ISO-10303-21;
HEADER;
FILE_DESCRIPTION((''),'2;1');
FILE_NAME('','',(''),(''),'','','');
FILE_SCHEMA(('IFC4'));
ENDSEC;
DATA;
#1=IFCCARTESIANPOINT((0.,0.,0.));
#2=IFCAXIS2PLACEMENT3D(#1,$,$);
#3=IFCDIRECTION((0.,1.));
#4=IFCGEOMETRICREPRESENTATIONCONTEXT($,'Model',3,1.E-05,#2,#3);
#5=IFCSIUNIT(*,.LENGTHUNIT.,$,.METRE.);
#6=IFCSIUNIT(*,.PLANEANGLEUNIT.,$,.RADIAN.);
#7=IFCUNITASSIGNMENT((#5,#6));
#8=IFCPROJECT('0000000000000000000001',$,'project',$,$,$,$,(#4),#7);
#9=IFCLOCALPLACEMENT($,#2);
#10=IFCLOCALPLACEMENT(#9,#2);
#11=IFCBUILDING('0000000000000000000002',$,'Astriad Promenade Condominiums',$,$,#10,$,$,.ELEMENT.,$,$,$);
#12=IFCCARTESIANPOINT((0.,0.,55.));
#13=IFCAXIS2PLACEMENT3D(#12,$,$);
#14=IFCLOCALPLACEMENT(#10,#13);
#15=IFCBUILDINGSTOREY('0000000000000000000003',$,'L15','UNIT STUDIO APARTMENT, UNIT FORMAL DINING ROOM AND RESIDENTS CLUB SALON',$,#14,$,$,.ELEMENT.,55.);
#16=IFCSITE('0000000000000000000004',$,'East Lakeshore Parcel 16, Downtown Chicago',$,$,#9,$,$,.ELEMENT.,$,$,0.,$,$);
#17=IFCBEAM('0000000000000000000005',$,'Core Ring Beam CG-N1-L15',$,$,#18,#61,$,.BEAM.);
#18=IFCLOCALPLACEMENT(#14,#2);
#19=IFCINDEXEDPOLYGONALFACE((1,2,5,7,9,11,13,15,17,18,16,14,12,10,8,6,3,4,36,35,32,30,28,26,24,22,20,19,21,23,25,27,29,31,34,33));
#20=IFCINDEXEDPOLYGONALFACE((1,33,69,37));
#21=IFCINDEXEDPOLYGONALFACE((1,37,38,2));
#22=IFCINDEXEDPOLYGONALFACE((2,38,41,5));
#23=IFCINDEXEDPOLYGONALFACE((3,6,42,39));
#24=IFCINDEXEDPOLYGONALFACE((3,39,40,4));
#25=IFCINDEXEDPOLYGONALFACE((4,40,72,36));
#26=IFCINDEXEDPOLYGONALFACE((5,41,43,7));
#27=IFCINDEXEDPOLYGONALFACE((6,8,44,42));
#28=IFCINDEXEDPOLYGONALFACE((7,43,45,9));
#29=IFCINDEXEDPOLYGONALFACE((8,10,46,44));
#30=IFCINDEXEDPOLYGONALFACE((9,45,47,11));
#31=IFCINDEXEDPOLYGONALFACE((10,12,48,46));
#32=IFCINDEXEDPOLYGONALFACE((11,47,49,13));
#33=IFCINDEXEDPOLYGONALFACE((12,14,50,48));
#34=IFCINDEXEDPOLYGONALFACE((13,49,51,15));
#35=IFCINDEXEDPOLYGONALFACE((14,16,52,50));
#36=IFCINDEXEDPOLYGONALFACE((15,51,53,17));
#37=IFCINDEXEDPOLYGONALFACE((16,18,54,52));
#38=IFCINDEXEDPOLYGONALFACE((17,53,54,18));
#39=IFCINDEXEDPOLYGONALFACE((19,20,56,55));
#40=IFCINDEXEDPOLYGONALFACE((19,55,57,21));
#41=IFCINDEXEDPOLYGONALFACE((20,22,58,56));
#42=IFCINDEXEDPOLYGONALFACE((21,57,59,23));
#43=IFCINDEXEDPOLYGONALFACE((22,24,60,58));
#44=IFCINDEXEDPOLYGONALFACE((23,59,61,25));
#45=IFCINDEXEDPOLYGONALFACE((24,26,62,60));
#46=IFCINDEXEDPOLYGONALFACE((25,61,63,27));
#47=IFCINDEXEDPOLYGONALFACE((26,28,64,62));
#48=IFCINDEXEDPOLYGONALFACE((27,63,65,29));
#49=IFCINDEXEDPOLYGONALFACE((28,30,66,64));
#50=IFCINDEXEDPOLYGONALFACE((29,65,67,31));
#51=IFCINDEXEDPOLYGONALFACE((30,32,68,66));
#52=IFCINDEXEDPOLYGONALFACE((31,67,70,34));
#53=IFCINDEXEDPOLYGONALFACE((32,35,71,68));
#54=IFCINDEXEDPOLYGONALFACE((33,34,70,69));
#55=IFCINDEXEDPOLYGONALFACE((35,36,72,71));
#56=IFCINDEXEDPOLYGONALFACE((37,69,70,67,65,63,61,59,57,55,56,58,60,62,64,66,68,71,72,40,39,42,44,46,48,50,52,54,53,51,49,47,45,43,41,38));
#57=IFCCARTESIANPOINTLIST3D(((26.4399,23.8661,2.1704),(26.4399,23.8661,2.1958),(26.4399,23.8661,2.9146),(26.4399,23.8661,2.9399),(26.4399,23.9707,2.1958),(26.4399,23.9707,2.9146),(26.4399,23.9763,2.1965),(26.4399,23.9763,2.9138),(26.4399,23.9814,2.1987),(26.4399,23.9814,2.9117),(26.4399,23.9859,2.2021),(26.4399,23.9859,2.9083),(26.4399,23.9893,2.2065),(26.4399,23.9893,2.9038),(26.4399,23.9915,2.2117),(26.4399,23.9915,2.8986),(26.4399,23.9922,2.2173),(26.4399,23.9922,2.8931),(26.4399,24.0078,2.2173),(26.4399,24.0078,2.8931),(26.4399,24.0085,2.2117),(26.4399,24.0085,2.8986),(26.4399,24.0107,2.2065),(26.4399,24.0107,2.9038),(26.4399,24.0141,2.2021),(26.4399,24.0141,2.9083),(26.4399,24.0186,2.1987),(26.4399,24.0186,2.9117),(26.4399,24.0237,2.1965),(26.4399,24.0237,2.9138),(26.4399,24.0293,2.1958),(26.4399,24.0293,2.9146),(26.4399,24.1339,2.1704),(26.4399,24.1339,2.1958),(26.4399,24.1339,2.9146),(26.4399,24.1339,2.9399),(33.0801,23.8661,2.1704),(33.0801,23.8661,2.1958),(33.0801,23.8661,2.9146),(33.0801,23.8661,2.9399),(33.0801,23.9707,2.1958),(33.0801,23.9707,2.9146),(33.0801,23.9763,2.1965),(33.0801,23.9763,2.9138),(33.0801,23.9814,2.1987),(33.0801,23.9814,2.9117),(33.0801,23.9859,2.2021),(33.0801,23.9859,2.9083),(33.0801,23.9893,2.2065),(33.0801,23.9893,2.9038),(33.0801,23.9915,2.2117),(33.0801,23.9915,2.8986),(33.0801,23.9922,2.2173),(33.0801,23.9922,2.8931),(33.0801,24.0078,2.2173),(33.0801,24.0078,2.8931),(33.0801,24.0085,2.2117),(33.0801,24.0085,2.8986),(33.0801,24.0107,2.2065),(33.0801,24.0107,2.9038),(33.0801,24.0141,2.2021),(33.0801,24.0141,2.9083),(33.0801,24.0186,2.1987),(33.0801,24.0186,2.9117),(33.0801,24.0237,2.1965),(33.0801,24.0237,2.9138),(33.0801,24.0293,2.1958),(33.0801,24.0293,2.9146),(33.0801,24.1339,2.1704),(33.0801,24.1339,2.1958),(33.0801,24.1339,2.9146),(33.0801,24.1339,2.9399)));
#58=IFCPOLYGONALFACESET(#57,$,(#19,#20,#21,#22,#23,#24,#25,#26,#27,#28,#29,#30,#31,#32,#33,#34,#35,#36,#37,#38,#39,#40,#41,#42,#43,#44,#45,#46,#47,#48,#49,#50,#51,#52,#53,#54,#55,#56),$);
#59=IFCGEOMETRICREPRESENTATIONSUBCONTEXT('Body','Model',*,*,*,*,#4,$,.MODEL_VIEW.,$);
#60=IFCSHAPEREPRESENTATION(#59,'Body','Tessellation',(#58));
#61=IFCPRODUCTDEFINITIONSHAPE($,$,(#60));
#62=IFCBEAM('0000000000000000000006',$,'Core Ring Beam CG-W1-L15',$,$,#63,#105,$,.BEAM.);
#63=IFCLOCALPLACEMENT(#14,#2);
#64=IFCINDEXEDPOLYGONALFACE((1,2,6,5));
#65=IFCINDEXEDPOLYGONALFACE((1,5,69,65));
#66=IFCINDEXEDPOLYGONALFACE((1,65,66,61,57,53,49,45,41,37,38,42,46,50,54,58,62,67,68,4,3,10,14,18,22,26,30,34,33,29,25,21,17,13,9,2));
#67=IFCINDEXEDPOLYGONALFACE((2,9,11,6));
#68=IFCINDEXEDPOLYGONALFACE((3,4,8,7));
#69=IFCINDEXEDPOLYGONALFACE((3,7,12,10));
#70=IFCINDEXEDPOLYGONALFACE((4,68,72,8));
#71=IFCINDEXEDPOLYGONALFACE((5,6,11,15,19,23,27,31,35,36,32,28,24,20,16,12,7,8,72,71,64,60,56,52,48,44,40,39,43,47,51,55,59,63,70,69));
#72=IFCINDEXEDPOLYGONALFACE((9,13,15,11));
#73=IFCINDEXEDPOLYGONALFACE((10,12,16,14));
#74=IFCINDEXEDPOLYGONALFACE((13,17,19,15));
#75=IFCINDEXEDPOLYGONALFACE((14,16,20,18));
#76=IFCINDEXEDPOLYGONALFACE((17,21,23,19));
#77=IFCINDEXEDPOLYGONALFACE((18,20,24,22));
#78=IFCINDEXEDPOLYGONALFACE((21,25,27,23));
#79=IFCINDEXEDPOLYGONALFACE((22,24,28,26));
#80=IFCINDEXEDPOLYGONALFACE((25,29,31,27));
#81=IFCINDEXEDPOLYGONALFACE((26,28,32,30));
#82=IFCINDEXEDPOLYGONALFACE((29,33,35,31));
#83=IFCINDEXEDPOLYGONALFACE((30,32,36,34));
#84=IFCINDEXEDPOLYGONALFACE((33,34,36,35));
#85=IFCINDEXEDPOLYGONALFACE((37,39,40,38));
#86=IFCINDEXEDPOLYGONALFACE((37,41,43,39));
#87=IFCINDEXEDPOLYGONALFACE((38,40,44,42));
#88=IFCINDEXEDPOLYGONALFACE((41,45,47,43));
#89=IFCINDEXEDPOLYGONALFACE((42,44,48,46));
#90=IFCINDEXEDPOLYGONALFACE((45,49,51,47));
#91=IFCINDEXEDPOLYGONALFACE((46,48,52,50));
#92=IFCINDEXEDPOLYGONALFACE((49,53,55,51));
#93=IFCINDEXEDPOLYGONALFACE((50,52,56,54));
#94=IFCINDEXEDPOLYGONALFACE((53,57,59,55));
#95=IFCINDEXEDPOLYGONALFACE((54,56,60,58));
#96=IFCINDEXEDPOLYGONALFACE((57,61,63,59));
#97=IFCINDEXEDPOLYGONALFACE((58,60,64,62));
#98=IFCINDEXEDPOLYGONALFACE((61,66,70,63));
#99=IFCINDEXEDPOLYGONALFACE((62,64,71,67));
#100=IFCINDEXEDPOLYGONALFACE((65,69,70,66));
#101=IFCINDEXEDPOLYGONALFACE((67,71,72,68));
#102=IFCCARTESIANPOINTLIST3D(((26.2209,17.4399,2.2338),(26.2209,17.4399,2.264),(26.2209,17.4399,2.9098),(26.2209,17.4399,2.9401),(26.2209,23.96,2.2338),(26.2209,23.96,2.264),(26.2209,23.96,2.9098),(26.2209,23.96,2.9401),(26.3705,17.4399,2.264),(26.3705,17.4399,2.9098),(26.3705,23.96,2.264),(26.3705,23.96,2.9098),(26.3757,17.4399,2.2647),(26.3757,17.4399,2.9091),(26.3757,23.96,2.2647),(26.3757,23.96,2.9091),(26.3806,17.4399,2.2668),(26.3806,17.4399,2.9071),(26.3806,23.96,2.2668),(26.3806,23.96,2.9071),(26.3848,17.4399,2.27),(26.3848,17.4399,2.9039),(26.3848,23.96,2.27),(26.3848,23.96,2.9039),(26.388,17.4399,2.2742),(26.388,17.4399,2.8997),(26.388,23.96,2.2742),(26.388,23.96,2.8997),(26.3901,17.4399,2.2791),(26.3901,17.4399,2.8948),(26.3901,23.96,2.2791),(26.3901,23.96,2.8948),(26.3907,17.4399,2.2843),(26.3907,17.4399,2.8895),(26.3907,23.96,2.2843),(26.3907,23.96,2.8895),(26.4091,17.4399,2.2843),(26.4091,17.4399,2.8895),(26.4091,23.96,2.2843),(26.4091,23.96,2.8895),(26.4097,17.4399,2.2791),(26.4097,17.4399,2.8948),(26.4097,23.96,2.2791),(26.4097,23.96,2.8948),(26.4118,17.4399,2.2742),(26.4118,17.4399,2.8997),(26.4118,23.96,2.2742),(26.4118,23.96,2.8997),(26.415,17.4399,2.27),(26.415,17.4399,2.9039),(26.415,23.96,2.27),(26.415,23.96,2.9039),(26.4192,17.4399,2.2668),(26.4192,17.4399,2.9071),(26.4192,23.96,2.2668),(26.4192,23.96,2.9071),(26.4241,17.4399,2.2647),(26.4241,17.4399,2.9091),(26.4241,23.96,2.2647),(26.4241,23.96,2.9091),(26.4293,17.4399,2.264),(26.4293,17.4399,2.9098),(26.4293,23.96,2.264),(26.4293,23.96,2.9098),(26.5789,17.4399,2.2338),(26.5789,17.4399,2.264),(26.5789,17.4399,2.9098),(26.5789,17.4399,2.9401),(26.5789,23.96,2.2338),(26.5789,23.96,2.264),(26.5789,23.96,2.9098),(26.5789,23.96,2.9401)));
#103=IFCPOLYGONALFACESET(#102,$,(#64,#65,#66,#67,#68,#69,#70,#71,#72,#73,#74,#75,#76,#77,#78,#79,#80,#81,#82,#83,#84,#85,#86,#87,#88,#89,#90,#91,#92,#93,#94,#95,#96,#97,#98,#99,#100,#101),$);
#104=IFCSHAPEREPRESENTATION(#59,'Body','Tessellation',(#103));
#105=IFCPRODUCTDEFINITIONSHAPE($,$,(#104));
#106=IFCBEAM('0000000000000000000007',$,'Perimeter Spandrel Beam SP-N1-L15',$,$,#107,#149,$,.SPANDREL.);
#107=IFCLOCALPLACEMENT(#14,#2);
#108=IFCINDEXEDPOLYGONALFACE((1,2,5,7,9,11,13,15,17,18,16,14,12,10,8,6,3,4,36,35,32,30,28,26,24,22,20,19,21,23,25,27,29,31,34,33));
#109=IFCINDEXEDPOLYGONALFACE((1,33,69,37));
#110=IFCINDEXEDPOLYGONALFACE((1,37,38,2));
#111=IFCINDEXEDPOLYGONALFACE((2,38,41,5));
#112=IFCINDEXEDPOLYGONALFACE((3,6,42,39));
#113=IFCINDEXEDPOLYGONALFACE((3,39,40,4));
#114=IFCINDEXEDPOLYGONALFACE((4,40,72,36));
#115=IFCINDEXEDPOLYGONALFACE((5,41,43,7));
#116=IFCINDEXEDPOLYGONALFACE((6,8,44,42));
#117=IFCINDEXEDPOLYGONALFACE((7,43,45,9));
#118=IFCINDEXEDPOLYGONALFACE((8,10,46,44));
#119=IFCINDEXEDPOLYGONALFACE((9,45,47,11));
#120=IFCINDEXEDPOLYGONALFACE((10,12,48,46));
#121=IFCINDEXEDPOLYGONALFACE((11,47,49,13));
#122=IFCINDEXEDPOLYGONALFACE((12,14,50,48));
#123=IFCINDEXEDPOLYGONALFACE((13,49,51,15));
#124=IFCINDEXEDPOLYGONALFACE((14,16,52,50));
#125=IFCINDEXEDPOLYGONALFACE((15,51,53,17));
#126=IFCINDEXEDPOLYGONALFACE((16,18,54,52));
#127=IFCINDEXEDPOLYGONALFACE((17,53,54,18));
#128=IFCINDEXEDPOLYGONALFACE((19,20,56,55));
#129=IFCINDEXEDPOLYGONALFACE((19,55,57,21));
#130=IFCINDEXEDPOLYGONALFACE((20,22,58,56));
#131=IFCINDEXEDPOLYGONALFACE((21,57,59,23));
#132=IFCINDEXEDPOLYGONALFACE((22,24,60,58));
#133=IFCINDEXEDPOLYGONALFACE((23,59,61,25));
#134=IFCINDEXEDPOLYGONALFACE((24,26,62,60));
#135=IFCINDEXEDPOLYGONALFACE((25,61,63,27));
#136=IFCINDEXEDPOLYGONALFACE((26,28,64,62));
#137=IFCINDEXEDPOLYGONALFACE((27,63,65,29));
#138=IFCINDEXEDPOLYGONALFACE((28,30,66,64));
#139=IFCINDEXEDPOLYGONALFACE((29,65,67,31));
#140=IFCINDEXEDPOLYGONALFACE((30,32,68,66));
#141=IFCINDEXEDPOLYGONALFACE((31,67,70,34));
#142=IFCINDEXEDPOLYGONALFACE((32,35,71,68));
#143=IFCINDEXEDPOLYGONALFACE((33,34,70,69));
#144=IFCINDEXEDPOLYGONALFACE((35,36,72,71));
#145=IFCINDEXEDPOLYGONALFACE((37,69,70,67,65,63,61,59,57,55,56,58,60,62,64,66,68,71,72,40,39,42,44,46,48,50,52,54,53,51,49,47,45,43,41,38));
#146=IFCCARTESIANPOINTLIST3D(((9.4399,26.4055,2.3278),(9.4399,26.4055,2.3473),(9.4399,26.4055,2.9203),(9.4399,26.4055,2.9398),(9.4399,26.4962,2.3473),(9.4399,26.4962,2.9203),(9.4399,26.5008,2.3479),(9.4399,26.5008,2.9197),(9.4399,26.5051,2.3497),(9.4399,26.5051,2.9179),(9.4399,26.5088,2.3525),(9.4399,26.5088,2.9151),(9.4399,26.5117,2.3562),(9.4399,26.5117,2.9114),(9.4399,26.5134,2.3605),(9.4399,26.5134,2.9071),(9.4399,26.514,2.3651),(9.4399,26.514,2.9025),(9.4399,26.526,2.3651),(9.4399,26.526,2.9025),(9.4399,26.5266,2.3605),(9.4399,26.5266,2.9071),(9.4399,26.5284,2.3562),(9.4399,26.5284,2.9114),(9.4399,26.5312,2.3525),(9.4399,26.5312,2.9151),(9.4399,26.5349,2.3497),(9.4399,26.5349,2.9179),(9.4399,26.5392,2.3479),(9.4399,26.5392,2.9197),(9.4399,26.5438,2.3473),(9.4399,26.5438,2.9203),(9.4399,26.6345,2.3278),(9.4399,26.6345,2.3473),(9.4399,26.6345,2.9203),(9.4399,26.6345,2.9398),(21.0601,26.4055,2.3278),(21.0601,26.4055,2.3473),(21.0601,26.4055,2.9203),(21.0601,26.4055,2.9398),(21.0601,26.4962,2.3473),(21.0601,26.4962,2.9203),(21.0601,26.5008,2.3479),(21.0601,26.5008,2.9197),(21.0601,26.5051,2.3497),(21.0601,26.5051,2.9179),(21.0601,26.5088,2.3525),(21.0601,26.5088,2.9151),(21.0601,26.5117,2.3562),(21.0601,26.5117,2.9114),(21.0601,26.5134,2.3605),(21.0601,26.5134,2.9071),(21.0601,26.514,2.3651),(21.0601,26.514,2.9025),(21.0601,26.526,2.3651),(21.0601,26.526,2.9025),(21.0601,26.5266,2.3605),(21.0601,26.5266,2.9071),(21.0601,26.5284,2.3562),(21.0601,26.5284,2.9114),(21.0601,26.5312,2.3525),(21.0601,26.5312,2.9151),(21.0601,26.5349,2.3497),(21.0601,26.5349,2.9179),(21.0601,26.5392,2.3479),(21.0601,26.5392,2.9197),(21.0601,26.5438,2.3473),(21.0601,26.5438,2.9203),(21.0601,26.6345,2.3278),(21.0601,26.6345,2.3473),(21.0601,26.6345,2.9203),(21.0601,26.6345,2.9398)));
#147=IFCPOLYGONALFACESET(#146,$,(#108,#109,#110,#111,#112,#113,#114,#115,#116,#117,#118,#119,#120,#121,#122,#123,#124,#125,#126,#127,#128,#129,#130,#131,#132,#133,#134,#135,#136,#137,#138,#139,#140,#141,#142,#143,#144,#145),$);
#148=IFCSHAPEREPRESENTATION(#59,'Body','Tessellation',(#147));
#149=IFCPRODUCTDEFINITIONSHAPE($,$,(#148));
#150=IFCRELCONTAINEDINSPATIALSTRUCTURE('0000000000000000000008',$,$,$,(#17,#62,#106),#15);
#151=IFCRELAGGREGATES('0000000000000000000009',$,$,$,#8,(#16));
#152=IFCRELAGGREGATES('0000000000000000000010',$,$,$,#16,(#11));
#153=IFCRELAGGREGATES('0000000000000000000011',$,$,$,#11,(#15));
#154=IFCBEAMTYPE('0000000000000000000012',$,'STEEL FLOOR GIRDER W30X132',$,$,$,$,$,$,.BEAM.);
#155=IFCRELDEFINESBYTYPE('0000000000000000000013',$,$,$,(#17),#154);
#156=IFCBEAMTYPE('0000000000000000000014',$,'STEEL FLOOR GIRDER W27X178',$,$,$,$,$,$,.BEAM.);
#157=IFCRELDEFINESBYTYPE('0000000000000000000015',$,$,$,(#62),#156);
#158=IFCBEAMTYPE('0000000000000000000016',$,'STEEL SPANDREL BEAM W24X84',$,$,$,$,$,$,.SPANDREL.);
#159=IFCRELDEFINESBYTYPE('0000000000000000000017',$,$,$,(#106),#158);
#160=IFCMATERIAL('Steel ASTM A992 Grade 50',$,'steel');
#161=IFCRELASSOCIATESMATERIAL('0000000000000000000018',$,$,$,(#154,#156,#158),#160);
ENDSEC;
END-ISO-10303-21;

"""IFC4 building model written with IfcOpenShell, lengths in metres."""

from ifc_helpers import new_model, si_unit, direction, frame, origin, origin_2d, place, context, subcontext, project, spatial, i_section, extrude, source, transform, mapped, material, material_profile, profile_set, type_object, type_shapes, element, save


model = new_model("IFC4")

# Units and contexts
model_context = context("Model", 3, precision=1e-05, world=origin(), true_north=direction((0.0, 1.0)))
body_context = subcontext(model_context, "Body", "Model", "MODEL_VIEW")
ifc_project = project(units=[si_unit("LENGTHUNIT", "METRE"), si_unit("PLANEANGLEUNIT", "RADIAN")], contexts=[model_context])

# Site, building, storey
site_placement = place(None, origin())
site = spatial("IfcSite", under=ifc_project, at=site_placement, Name="East Lakeshore Parcel 16, Downtown Chicago", CompositionType="ELEMENT", RefElevation=0.0)
building_placement = place(site_placement, origin())
building = spatial("IfcBuilding", under=site, at=building_placement, Name="Astriad Promenade Condominiums", CompositionType="ELEMENT")
storey_placement = place(building_placement, frame((0.0, 0.0, 55.0)))
storey = spatial("IfcBuildingStorey", under=building, at=storey_placement, Name="L15", Description="UNIT STUDIO APARTMENT, UNIT FORMAL DINING ROOM AND RESIDENTS CLUB SALON", CompositionType="ELEMENT", Elevation=55.0)

# Shared definitions
ifc_material_1 = material(Name="Steel ASTM A992 Grade 50", Category="steel")

# Beams
ifc_material_profile_1 = material_profile(ifc_material_1, i_section(OverallWidth=0.2678, OverallDepth=0.7695, WebThickness=0.0156, FlangeThickness=0.0254, FilletRadius=0.0215, at=origin_2d()), Name="W30X132")
ifc_profile_set_1 = profile_set([ifc_material_profile_1], Name="Steel ASTM A992 Grade 50")
beam_type_1 = type_object("IfcBeamType", Name="STEEL FLOOR GIRDER W30X132", PredefinedType="BEAM", material=ifc_profile_set_1)
shared_shape_1 = source(origin(), body_context, "Body", "SweptSolid", [
    extrude(i_section(OverallWidth=0.2678, OverallDepth=0.7695, WebThickness=0.0156, FlangeThickness=0.0254, FilletRadius=0.0215, at=origin_2d()), origin(), (0.0, 0.0, 1.0), 6.6401),
])
type_shapes(beam_type_1, [shared_shape_1])
beam_1_placement = place(storey_placement, frame((26.4399, 24.0, 2.5552), z_axis=(1.0, 0.0, 0.0), x_axis=(0.0, 1.0, 0.0)))
element("IfcBeam", 1, at=beam_1_placement, inside=storey, type_object=beam_type_1, Name="Core Ring Beam CG-N1-L15", PredefinedType="BEAM", context=body_context, shape_type="MappedRepresentation", body=[
    mapped(shared_shape_1, transform((0.0, 0.0, 0.0), scale=1.0)),
])
ifc_material_profile_2 = material_profile(ifc_material_1, i_section(OverallWidth=0.3579, OverallDepth=0.7063, WebThickness=0.0183, FlangeThickness=0.0303, FilletRadius=0.0203, at=origin_2d()), Name="W27X178")
ifc_profile_set_2 = profile_set([ifc_material_profile_2], Name="Steel ASTM A992 Grade 50")
beam_type_2 = type_object("IfcBeamType", Name="STEEL FLOOR GIRDER W27X178", PredefinedType="BEAM", material=ifc_profile_set_2)
shared_shape_2 = source(origin(), body_context, "Body", "SweptSolid", [
    extrude(i_section(OverallWidth=0.3579, OverallDepth=0.7063, WebThickness=0.0183, FlangeThickness=0.0303, FilletRadius=0.0203, at=origin_2d()), origin(), (0.0, 0.0, 1.0), 6.52),
])
type_shapes(beam_type_2, [shared_shape_2])
beam_2_placement = place(storey_placement, frame((26.3999, 17.4399, 2.5869), z_axis=(0.0, 1.0, 0.0), x_axis=(-1.0, 0.0, 0.0)))
element("IfcBeam", 2, at=beam_2_placement, inside=storey, type_object=beam_type_2, Name="Core Ring Beam CG-W1-L15", PredefinedType="BEAM", context=body_context, shape_type="MappedRepresentation", body=[
    mapped(shared_shape_2, transform((0.0, 0.0, 0.0), scale=1.0)),
])
ifc_material_profile_3 = material_profile(ifc_material_1, i_section(OverallWidth=0.229, OverallDepth=0.6121, WebThickness=0.012, FlangeThickness=0.0195, FilletRadius=0.0178, at=origin_2d()), Name="W24X84")
ifc_profile_set_3 = profile_set([ifc_material_profile_3], Name="Steel ASTM A992 Grade 50")
beam_type_3 = type_object("IfcBeamType", Name="STEEL SPANDREL BEAM W24X84", PredefinedType="SPANDREL", material=ifc_profile_set_3)
shared_shape_3 = source(origin(), body_context, "Body", "SweptSolid", [
    extrude(i_section(OverallWidth=0.229, OverallDepth=0.6121, WebThickness=0.012, FlangeThickness=0.0195, FilletRadius=0.0178, at=origin_2d()), origin(), (0.0, 0.0, 1.0), 11.6201),
])
type_shapes(beam_type_3, [shared_shape_3])
beam_3_placement = place(storey_placement, frame((21.0601, 26.52, 2.6338), z_axis=(-1.0, 0.0, 0.0), x_axis=(0.0, -1.0, 0.0)))
element("IfcBeam", 3, at=beam_3_placement, inside=storey, type_object=beam_type_3, Name="Perimeter Spandrel Beam SP-N1-L15", PredefinedType="SPANDREL", context=body_context, shape_type="MappedRepresentation", body=[
    mapped(shared_shape_3, transform((0.0, 0.0, 0.0), scale=1.0)),
])

save(model, "model.ifc")
